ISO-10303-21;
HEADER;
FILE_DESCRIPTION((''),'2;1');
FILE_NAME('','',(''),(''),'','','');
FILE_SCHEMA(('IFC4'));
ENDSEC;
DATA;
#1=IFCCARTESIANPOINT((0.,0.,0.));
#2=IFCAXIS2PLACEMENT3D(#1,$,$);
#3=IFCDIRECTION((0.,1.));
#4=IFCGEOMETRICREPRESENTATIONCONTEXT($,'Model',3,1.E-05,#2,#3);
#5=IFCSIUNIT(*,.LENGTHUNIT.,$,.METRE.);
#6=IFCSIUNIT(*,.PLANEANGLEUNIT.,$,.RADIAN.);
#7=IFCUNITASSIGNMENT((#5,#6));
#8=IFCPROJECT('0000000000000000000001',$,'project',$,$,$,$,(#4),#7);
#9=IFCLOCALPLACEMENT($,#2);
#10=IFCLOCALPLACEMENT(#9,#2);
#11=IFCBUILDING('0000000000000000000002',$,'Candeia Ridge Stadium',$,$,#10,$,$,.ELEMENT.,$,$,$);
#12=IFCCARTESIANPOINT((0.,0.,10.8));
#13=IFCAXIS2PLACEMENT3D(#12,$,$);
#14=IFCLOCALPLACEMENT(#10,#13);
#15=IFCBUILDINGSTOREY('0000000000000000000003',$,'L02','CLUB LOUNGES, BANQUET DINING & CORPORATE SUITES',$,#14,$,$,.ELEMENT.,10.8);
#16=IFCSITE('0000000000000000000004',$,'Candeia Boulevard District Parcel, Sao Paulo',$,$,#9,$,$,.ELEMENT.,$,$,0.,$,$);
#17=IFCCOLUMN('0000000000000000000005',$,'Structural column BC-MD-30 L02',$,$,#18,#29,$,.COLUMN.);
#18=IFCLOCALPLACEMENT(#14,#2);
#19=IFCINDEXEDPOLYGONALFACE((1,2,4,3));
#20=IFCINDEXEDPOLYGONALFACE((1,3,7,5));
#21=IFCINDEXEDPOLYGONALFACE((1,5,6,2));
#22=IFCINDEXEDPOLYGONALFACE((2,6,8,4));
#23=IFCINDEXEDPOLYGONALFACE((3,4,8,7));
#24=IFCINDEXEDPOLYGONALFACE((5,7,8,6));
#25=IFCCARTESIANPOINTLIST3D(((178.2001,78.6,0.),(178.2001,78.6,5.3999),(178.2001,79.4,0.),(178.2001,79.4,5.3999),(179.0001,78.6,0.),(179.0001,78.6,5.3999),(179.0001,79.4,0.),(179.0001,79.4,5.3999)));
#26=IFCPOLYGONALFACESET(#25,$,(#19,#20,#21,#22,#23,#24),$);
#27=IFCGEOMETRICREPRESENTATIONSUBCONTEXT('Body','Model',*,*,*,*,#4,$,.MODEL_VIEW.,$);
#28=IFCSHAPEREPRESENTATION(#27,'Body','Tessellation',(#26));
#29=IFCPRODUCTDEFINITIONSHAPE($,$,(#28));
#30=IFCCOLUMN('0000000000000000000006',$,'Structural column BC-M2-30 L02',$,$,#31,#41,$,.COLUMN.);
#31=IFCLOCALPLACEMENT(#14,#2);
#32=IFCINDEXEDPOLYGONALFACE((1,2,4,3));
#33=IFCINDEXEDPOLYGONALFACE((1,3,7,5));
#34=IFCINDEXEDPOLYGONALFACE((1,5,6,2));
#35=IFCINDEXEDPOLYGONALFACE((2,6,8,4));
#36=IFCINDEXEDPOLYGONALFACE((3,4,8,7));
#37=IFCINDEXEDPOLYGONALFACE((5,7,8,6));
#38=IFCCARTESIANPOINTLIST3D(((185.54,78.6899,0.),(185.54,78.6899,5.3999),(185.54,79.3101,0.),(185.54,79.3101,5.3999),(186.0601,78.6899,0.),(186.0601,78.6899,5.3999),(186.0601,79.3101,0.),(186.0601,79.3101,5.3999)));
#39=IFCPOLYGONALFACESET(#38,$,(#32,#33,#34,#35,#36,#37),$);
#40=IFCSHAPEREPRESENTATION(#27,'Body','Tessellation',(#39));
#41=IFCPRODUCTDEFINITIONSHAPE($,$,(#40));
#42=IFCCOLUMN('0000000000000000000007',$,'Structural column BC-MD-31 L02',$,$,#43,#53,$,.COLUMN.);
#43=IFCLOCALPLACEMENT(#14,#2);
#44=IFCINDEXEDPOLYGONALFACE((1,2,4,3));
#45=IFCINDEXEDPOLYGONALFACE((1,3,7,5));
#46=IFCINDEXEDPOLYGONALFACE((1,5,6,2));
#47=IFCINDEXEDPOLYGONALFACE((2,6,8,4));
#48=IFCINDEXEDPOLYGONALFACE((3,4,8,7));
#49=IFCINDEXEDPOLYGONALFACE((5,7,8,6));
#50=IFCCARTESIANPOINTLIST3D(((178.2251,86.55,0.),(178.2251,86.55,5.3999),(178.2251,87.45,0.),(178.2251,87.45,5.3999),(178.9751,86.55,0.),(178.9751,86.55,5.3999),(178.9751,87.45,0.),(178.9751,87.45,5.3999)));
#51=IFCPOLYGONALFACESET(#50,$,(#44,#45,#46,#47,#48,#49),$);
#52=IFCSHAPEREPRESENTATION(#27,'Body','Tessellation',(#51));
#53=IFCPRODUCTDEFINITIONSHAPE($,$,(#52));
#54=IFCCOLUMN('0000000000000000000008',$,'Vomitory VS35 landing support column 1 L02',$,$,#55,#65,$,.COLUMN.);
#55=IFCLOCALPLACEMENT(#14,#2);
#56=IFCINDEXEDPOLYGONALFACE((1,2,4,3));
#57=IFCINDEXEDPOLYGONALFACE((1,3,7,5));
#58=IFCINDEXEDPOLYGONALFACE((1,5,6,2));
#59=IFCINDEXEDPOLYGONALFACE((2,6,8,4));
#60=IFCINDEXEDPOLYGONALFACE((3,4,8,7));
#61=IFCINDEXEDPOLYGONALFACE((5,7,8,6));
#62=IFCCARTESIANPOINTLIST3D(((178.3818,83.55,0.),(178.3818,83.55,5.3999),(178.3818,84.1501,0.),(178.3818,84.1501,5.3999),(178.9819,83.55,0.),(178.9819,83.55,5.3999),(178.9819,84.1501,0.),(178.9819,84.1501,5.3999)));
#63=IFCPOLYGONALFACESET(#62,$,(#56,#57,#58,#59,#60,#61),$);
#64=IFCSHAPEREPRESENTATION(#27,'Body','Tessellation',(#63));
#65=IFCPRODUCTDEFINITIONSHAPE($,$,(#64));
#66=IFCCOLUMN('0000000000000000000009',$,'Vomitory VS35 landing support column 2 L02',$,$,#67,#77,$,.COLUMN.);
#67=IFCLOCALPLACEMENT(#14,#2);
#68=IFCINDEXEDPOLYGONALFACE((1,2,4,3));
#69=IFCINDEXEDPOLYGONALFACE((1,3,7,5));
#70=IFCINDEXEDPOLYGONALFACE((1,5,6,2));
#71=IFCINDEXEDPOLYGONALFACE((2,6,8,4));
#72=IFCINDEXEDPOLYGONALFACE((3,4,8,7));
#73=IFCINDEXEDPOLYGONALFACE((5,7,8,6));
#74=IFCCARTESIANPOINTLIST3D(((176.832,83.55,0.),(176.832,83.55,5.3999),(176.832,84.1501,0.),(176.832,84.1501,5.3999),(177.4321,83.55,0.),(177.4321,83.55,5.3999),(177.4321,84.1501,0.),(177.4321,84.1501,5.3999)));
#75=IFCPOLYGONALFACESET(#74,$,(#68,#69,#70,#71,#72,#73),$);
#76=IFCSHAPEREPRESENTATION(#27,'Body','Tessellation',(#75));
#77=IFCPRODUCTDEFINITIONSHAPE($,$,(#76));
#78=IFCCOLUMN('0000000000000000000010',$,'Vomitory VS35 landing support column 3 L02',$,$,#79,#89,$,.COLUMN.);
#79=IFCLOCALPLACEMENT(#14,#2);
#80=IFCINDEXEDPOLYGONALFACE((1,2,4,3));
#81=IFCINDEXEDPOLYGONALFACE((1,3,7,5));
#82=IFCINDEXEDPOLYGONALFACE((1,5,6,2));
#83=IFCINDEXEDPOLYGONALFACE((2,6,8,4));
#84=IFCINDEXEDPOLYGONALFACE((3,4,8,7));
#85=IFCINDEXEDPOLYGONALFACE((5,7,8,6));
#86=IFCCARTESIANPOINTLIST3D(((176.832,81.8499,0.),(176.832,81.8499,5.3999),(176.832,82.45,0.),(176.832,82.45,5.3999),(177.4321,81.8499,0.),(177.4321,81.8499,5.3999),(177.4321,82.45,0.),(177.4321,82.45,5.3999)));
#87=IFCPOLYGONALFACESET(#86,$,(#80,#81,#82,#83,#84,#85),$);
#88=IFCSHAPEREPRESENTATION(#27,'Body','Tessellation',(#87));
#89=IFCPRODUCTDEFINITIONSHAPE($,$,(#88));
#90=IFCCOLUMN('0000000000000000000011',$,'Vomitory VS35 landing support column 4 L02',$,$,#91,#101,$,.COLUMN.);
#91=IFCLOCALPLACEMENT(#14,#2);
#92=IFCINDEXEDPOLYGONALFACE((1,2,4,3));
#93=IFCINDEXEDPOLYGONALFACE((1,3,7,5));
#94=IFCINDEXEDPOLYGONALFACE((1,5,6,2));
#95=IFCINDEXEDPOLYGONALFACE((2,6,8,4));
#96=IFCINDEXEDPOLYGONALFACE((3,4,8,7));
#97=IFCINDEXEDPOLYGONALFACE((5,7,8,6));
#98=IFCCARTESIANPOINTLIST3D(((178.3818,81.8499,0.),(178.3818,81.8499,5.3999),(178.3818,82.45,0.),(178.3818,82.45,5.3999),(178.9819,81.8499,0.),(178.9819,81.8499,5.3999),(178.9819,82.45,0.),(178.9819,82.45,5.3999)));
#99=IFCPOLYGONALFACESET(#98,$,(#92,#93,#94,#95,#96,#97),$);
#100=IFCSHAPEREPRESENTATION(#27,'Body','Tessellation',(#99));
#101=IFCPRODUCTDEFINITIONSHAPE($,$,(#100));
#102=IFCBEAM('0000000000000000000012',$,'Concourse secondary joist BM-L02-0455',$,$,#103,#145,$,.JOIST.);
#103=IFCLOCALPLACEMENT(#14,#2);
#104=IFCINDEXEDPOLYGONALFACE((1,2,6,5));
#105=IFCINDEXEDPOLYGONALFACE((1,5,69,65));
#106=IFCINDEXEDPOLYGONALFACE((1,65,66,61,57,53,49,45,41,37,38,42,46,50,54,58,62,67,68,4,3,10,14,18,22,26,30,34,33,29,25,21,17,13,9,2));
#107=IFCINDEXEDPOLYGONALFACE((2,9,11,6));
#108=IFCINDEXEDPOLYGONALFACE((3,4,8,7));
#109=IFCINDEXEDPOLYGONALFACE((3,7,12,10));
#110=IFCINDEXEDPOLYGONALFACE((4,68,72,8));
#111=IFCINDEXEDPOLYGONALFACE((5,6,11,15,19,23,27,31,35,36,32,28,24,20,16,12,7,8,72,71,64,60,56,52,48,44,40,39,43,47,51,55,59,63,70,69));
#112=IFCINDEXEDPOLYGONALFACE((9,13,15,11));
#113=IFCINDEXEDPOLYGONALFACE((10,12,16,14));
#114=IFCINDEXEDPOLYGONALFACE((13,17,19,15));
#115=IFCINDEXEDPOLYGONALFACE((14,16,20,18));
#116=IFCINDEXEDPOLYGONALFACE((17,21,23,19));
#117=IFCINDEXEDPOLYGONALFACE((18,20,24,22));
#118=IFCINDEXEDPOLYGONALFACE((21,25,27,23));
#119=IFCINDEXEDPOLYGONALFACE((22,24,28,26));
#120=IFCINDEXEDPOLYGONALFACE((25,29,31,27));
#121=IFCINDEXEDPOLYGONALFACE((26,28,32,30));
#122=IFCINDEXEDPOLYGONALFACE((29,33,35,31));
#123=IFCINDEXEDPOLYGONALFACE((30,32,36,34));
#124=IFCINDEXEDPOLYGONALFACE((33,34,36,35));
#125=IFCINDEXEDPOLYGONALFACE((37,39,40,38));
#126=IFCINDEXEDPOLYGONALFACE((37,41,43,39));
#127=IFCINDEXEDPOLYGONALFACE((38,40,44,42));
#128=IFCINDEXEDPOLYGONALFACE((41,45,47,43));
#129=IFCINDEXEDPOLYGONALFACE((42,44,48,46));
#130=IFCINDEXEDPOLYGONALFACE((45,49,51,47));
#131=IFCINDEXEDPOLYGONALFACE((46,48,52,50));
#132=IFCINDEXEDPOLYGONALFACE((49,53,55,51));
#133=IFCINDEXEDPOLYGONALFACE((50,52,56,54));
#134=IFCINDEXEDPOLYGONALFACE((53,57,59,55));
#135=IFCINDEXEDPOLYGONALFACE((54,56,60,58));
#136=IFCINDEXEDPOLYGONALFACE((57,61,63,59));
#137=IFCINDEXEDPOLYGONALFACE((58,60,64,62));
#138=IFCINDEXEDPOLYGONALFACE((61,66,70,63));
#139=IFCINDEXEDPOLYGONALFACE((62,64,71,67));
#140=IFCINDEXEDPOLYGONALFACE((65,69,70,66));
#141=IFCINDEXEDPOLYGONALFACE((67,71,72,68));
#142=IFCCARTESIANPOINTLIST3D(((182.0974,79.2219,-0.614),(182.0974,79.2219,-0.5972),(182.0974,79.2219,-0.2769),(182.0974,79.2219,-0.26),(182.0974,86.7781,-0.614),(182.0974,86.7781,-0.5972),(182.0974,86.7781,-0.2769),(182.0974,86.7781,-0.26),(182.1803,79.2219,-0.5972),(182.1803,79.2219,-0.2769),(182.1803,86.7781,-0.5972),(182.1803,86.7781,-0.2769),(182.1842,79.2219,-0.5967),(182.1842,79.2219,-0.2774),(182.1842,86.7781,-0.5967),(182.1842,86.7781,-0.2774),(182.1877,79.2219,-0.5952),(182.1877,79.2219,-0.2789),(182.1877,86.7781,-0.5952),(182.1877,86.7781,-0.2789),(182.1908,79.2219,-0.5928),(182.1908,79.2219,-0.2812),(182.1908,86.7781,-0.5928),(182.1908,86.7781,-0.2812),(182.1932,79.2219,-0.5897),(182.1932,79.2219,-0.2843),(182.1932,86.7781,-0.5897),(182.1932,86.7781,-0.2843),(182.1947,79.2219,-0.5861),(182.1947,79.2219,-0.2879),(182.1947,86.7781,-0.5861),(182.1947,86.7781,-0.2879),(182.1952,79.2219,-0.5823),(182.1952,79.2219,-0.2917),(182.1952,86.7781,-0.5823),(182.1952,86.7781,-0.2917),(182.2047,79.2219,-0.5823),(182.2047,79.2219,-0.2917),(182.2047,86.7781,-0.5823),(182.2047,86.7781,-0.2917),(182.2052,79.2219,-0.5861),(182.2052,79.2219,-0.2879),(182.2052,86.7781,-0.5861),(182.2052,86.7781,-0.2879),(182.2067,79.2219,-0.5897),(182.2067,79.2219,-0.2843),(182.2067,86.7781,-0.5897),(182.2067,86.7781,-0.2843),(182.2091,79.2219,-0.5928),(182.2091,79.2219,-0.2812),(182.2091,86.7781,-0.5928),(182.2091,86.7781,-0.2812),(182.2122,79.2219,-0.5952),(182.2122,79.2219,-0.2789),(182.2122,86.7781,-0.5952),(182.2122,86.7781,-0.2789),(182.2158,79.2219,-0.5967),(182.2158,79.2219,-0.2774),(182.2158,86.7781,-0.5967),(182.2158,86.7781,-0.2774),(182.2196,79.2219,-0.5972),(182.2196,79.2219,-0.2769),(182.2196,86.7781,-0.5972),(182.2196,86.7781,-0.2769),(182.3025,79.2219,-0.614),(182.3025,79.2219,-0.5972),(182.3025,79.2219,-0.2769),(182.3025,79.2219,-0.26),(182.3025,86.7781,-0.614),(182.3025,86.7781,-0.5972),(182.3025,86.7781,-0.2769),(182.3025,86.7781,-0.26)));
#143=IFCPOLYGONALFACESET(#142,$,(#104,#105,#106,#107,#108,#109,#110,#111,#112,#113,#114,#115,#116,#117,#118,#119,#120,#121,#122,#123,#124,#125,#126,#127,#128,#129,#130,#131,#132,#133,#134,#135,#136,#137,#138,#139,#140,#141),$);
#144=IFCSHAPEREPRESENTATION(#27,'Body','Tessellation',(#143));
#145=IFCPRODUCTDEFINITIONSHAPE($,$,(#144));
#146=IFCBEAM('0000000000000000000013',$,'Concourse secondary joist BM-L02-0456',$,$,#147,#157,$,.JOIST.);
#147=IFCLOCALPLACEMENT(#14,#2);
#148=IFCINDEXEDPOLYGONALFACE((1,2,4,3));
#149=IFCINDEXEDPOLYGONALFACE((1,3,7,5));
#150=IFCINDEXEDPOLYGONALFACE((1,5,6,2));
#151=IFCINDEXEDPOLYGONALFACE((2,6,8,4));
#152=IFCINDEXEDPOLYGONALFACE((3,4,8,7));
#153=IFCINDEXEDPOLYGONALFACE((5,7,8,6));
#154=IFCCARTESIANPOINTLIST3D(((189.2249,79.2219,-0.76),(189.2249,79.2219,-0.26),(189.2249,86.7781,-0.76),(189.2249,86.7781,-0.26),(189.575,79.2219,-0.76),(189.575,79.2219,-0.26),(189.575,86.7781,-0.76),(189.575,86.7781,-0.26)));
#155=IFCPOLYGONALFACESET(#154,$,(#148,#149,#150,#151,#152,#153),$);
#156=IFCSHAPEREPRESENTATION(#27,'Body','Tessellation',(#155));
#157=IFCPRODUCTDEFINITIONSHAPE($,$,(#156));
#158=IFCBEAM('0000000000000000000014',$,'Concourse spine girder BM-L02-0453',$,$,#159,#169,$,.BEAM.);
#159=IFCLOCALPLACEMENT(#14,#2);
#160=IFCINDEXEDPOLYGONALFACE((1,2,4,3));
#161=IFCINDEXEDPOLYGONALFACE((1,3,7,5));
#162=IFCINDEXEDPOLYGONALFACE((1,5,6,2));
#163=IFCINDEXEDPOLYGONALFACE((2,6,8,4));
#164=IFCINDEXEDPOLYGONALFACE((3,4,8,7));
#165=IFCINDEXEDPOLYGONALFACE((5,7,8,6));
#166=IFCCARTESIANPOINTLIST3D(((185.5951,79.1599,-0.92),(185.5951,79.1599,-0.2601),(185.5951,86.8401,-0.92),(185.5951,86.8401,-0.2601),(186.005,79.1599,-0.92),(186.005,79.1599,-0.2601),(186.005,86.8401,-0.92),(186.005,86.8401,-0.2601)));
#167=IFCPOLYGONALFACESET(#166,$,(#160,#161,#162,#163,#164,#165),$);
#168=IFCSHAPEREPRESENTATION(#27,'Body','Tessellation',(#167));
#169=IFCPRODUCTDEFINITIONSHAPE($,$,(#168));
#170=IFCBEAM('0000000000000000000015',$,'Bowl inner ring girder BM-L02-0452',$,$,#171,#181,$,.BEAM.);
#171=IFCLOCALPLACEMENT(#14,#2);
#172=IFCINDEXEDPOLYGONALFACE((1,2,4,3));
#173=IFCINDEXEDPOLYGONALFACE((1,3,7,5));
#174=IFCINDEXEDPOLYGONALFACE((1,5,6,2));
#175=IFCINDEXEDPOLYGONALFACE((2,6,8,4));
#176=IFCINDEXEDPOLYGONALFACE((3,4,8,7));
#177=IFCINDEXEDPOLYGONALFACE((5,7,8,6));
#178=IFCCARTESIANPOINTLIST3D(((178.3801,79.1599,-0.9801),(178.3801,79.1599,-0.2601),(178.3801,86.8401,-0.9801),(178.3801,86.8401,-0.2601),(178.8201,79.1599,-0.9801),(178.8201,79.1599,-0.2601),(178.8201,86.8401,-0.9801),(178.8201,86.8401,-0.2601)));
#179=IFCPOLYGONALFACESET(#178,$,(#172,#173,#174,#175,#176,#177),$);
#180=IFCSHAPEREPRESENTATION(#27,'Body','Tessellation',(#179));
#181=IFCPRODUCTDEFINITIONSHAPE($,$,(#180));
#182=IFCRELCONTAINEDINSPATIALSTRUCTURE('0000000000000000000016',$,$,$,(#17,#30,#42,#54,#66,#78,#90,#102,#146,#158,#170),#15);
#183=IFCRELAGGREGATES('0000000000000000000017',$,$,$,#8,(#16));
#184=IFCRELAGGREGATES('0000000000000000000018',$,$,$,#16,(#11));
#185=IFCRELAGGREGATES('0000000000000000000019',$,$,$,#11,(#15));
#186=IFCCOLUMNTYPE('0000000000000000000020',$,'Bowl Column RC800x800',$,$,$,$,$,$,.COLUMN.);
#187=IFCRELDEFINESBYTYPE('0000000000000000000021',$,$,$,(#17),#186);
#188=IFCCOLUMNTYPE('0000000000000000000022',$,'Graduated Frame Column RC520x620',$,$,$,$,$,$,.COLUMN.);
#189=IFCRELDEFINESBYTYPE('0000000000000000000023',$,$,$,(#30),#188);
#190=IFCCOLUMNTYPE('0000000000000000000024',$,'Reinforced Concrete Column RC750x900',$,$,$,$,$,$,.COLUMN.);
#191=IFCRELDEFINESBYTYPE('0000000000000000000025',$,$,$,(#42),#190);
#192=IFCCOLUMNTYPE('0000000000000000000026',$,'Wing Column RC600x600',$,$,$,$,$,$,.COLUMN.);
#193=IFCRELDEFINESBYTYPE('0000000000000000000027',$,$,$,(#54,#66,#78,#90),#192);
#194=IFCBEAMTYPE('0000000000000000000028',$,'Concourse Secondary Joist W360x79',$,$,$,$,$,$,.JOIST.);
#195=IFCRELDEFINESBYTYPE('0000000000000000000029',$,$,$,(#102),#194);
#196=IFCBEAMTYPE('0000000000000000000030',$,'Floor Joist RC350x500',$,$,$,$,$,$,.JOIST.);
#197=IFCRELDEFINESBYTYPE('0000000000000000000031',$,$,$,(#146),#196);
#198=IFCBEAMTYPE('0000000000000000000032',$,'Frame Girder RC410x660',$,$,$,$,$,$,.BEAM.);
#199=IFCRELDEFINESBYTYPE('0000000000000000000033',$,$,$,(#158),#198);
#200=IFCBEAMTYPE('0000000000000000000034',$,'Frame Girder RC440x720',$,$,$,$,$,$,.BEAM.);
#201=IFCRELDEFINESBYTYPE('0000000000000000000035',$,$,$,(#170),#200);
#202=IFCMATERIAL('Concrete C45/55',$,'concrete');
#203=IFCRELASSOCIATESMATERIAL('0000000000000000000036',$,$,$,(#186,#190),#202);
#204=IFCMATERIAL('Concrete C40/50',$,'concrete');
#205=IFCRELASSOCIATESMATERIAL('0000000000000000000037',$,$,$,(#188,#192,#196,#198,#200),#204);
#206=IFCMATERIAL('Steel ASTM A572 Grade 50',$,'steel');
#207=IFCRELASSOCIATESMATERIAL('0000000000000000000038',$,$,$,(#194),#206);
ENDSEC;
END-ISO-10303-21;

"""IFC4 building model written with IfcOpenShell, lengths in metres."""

from ifc_helpers import new_model, si_unit, direction, frame, origin, origin_2d, place, context, subcontext, project, spatial, rectangle, i_section, extrude, material, material_profile, profile_set, type_object, element, save


model = new_model("IFC4")

# Units and contexts
model_context = context("Model", 3, precision=1e-05, world=origin(), true_north=direction((0.0, 1.0)))
body_context = subcontext(model_context, "Body", "Model", "MODEL_VIEW")
ifc_project = project(units=[si_unit("LENGTHUNIT", "METRE"), si_unit("PLANEANGLEUNIT", "RADIAN")], contexts=[model_context])

# Site, building, storey
site_placement = place(None, origin())
site = spatial("IfcSite", under=ifc_project, at=site_placement, Name="Candeia Boulevard District Parcel, Sao Paulo", CompositionType="ELEMENT", RefElevation=0.0)
building_placement = place(site_placement, origin())
building = spatial("IfcBuilding", under=site, at=building_placement, Name="Candeia Ridge Stadium", CompositionType="ELEMENT")
storey_placement = place(building_placement, frame((0.0, 0.0, 10.8)))
storey = spatial("IfcBuildingStorey", under=building, at=storey_placement, Name="L02", Description="CLUB LOUNGES, BANQUET DINING & CORPORATE SUITES", CompositionType="ELEMENT", Elevation=10.8)

# Columns
ifc_material_1 = material(Name="Concrete C45/55", Category="concrete")
ifc_material_profile_1 = material_profile(ifc_material_1, rectangle(XDim=0.8, YDim=0.8, at=origin_2d()), Name="RC800x800", Category="concrete")
ifc_profile_set_1 = profile_set([ifc_material_profile_1], Name="Concrete C45/55")
column_type_1 = type_object("IfcColumnType", Name="Bowl Column RC800x800", PredefinedType="COLUMN", material=ifc_profile_set_1)
column_1_placement = place(storey_placement, frame((178.6001, 79.0, 0.0), z_axis=(0.0, 0.0, 1.0), x_axis=(1.0, 0.0, 0.0)))
element("IfcColumn", 1, at=column_1_placement, inside=storey, type_object=column_type_1, Name="Structural column BC-MD-30 L02", PredefinedType="COLUMN", context=body_context, shape_type="SweptSolid", body=[
    extrude(rectangle(XDim=0.8, YDim=0.8, at=origin_2d()), origin(), (0.0, 0.0, 1.0), 5.3999),
])
ifc_material_2 = material(Name="Concrete C40/50", Category="concrete")
ifc_material_profile_2 = material_profile(ifc_material_2, rectangle(XDim=0.52, YDim=0.6201, at=origin_2d()), Name="RC520x620", Category="concrete")
ifc_profile_set_2 = profile_set([ifc_material_profile_2], Name="Concrete C40/50")
column_type_2 = type_object("IfcColumnType", Name="Graduated Frame Column RC520x620", PredefinedType="COLUMN", material=ifc_profile_set_2)
column_2_placement = place(storey_placement, frame((185.8, 79.0, 0.0), z_axis=(0.0, 0.0, 1.0), x_axis=(1.0, 0.0, 0.0)))
element("IfcColumn", 2, at=column_2_placement, inside=storey, type_object=column_type_2, Name="Structural column BC-M2-30 L02", PredefinedType="COLUMN", context=body_context, shape_type="SweptSolid", body=[
    extrude(rectangle(XDim=0.52, YDim=0.6201, at=origin_2d()), origin(), (0.0, 0.0, 1.0), 5.3999),
])
ifc_material_profile_3 = material_profile(ifc_material_1, rectangle(XDim=0.75, YDim=0.8999, at=origin_2d()), Name="RC750x900", Category="concrete")
ifc_profile_set_3 = profile_set([ifc_material_profile_3], Name="Concrete C45/55")
column_type_3 = type_object("IfcColumnType", Name="Reinforced Concrete Column RC750x900", PredefinedType="COLUMN", material=ifc_profile_set_3)
column_3_placement = place(storey_placement, frame((178.6001, 87.0, 0.0), z_axis=(0.0, 0.0, 1.0), x_axis=(1.0, 0.0, 0.0)))
element("IfcColumn", 3, at=column_3_placement, inside=storey, type_object=column_type_3, Name="Structural column BC-MD-31 L02", PredefinedType="COLUMN", context=body_context, shape_type="SweptSolid", body=[
    extrude(rectangle(XDim=0.75, YDim=0.8999, at=origin_2d()), origin(), (0.0, 0.0, 1.0), 5.3999),
])
ifc_material_profile_4 = material_profile(ifc_material_2, rectangle(XDim=0.6001, YDim=0.6001, at=origin_2d()), Name="RC600x600", Category="concrete")
ifc_profile_set_4 = profile_set([ifc_material_profile_4], Name="Concrete C40/50")
column_type_4 = type_object("IfcColumnType", Name="Wing Column RC600x600", PredefinedType="COLUMN", material=ifc_profile_set_4)
for number, where, z_axis, x_axis, name in (
    (4, (178.6819, 83.8501, 0.0), (0.0, 0.0, 1.0), (1.0, 0.0, 0.0), "Vomitory VS35 landing support column 1 L02"),
    (5, (177.1321, 83.8501, 0.0), (0.0, 0.0, 1.0), (1.0, 0.0, 0.0), "Vomitory VS35 landing support column 2 L02"),
    (6, (177.1321, 82.1499, 0.0), (0.0, 0.0, 1.0), (1.0, 0.0, 0.0), "Vomitory VS35 landing support column 3 L02"),
    (7, (178.6819, 82.1499, 0.0), (0.0, 0.0, 1.0), (1.0, 0.0, 0.0), "Vomitory VS35 landing support column 4 L02"),
):
    element("IfcColumn", number, at=place(storey_placement, frame(where, z_axis=z_axis, x_axis=x_axis)), inside=storey, type_object=column_type_4, Name=name, PredefinedType="COLUMN", context=body_context, shape_type="SweptSolid", body=[
        extrude(rectangle(XDim=0.6001, YDim=0.6001, at=origin_2d()), origin(), (0.0, 0.0, 1.0), 5.3999),
    ])

# Beams
ifc_material_3 = material(Name="Steel ASTM A572 Grade 50", Category="steel")
ifc_material_profile_5 = material_profile(ifc_material_3, i_section(OverallWidth=0.2051, OverallDepth=0.354, WebThickness=0.0095, FlangeThickness=0.0168, FilletRadius=0.0149, at=origin_2d()), Name="W360x79", Category="steel")
ifc_profile_set_5 = profile_set([ifc_material_profile_5], Name="Steel ASTM A572 Grade 50")
beam_type_1 = type_object("IfcBeamType", Name="Concourse Secondary Joist W360x79", PredefinedType="JOIST", material=ifc_profile_set_5)
beam_1_placement = place(storey_placement, frame((182.2, 79.2219, -0.437), z_axis=(0.0, 1.0, 0.0), x_axis=(-1.0, 0.0, 0.0)))
element("IfcBeam", 8, at=beam_1_placement, inside=storey, type_object=beam_type_1, Name="Concourse secondary joist BM-L02-0455", PredefinedType="JOIST", context=body_context, shape_type="SweptSolid", body=[
    extrude(i_section(OverallWidth=0.2051, OverallDepth=0.354, WebThickness=0.0095, FlangeThickness=0.0168, FilletRadius=0.0149, at=origin_2d()), origin(), (0.0, 0.0, 1.0), 7.5562),
])
ifc_material_profile_6 = material_profile(ifc_material_2, rectangle(XDim=0.3501, YDim=0.5, at=origin_2d()), Name="RC350x500", Category="concrete")
ifc_profile_set_6 = profile_set([ifc_material_profile_6], Name="Concrete C40/50")
beam_type_2 = type_object("IfcBeamType", Name="Floor Joist RC350x500", PredefinedType="JOIST", material=ifc_profile_set_6)
beam_2_placement = place(storey_placement, frame((189.3999, 79.2219, -0.51), z_axis=(0.0, 1.0, 0.0), x_axis=(-1.0, 0.0, 0.0)))
element("IfcBeam", 9, at=beam_2_placement, inside=storey, type_object=beam_type_2, Name="Concourse secondary joist BM-L02-0456", PredefinedType="JOIST", context=body_context, shape_type="SweptSolid", body=[
    extrude(rectangle(XDim=0.3501, YDim=0.5, at=origin_2d()), origin(), (0.0, 0.0, 1.0), 7.5562),
])
ifc_material_profile_7 = material_profile(ifc_material_2, rectangle(XDim=0.4099, YDim=0.6599, at=origin_2d()), Name="RC410x660", Category="concrete")
ifc_profile_set_7 = profile_set([ifc_material_profile_7], Name="Concrete C40/50")
beam_type_3 = type_object("IfcBeamType", Name="Frame Girder RC410x660", PredefinedType="BEAM", material=ifc_profile_set_7)
beam_3_placement = place(storey_placement, frame((185.8, 79.1599, -0.5901), z_axis=(0.0, 1.0, 0.0), x_axis=(-1.0, 0.0, 0.0)))
element("IfcBeam", 10, at=beam_3_placement, inside=storey, type_object=beam_type_3, Name="Concourse spine girder BM-L02-0453", PredefinedType="BEAM", context=body_context, shape_type="SweptSolid", body=[
    extrude(rectangle(XDim=0.4099, YDim=0.6599, at=origin_2d()), origin(), (0.0, 0.0, 1.0), 7.6802),
])
ifc_material_profile_8 = material_profile(ifc_material_2, rectangle(XDim=0.4399, YDim=0.72, at=origin_2d()), Name="RC440x720", Category="concrete")
ifc_profile_set_8 = profile_set([ifc_material_profile_8], Name="Concrete C40/50")
beam_type_4 = type_object("IfcBeamType", Name="Frame Girder RC440x720", PredefinedType="BEAM", material=ifc_profile_set_8)
beam_4_placement = place(storey_placement, frame((178.6001, 79.1599, -0.6201), z_axis=(0.0, 1.0, 0.0), x_axis=(-1.0, 0.0, 0.0)))
element("IfcBeam", 11, at=beam_4_placement, inside=storey, type_object=beam_type_4, Name="Bowl inner ring girder BM-L02-0452", PredefinedType="BEAM", context=body_context, shape_type="SweptSolid", body=[
    extrude(rectangle(XDim=0.4399, YDim=0.72, at=origin_2d()), origin(), (0.0, 0.0, 1.0), 7.6802),
])

save(model, "model.ifc")
